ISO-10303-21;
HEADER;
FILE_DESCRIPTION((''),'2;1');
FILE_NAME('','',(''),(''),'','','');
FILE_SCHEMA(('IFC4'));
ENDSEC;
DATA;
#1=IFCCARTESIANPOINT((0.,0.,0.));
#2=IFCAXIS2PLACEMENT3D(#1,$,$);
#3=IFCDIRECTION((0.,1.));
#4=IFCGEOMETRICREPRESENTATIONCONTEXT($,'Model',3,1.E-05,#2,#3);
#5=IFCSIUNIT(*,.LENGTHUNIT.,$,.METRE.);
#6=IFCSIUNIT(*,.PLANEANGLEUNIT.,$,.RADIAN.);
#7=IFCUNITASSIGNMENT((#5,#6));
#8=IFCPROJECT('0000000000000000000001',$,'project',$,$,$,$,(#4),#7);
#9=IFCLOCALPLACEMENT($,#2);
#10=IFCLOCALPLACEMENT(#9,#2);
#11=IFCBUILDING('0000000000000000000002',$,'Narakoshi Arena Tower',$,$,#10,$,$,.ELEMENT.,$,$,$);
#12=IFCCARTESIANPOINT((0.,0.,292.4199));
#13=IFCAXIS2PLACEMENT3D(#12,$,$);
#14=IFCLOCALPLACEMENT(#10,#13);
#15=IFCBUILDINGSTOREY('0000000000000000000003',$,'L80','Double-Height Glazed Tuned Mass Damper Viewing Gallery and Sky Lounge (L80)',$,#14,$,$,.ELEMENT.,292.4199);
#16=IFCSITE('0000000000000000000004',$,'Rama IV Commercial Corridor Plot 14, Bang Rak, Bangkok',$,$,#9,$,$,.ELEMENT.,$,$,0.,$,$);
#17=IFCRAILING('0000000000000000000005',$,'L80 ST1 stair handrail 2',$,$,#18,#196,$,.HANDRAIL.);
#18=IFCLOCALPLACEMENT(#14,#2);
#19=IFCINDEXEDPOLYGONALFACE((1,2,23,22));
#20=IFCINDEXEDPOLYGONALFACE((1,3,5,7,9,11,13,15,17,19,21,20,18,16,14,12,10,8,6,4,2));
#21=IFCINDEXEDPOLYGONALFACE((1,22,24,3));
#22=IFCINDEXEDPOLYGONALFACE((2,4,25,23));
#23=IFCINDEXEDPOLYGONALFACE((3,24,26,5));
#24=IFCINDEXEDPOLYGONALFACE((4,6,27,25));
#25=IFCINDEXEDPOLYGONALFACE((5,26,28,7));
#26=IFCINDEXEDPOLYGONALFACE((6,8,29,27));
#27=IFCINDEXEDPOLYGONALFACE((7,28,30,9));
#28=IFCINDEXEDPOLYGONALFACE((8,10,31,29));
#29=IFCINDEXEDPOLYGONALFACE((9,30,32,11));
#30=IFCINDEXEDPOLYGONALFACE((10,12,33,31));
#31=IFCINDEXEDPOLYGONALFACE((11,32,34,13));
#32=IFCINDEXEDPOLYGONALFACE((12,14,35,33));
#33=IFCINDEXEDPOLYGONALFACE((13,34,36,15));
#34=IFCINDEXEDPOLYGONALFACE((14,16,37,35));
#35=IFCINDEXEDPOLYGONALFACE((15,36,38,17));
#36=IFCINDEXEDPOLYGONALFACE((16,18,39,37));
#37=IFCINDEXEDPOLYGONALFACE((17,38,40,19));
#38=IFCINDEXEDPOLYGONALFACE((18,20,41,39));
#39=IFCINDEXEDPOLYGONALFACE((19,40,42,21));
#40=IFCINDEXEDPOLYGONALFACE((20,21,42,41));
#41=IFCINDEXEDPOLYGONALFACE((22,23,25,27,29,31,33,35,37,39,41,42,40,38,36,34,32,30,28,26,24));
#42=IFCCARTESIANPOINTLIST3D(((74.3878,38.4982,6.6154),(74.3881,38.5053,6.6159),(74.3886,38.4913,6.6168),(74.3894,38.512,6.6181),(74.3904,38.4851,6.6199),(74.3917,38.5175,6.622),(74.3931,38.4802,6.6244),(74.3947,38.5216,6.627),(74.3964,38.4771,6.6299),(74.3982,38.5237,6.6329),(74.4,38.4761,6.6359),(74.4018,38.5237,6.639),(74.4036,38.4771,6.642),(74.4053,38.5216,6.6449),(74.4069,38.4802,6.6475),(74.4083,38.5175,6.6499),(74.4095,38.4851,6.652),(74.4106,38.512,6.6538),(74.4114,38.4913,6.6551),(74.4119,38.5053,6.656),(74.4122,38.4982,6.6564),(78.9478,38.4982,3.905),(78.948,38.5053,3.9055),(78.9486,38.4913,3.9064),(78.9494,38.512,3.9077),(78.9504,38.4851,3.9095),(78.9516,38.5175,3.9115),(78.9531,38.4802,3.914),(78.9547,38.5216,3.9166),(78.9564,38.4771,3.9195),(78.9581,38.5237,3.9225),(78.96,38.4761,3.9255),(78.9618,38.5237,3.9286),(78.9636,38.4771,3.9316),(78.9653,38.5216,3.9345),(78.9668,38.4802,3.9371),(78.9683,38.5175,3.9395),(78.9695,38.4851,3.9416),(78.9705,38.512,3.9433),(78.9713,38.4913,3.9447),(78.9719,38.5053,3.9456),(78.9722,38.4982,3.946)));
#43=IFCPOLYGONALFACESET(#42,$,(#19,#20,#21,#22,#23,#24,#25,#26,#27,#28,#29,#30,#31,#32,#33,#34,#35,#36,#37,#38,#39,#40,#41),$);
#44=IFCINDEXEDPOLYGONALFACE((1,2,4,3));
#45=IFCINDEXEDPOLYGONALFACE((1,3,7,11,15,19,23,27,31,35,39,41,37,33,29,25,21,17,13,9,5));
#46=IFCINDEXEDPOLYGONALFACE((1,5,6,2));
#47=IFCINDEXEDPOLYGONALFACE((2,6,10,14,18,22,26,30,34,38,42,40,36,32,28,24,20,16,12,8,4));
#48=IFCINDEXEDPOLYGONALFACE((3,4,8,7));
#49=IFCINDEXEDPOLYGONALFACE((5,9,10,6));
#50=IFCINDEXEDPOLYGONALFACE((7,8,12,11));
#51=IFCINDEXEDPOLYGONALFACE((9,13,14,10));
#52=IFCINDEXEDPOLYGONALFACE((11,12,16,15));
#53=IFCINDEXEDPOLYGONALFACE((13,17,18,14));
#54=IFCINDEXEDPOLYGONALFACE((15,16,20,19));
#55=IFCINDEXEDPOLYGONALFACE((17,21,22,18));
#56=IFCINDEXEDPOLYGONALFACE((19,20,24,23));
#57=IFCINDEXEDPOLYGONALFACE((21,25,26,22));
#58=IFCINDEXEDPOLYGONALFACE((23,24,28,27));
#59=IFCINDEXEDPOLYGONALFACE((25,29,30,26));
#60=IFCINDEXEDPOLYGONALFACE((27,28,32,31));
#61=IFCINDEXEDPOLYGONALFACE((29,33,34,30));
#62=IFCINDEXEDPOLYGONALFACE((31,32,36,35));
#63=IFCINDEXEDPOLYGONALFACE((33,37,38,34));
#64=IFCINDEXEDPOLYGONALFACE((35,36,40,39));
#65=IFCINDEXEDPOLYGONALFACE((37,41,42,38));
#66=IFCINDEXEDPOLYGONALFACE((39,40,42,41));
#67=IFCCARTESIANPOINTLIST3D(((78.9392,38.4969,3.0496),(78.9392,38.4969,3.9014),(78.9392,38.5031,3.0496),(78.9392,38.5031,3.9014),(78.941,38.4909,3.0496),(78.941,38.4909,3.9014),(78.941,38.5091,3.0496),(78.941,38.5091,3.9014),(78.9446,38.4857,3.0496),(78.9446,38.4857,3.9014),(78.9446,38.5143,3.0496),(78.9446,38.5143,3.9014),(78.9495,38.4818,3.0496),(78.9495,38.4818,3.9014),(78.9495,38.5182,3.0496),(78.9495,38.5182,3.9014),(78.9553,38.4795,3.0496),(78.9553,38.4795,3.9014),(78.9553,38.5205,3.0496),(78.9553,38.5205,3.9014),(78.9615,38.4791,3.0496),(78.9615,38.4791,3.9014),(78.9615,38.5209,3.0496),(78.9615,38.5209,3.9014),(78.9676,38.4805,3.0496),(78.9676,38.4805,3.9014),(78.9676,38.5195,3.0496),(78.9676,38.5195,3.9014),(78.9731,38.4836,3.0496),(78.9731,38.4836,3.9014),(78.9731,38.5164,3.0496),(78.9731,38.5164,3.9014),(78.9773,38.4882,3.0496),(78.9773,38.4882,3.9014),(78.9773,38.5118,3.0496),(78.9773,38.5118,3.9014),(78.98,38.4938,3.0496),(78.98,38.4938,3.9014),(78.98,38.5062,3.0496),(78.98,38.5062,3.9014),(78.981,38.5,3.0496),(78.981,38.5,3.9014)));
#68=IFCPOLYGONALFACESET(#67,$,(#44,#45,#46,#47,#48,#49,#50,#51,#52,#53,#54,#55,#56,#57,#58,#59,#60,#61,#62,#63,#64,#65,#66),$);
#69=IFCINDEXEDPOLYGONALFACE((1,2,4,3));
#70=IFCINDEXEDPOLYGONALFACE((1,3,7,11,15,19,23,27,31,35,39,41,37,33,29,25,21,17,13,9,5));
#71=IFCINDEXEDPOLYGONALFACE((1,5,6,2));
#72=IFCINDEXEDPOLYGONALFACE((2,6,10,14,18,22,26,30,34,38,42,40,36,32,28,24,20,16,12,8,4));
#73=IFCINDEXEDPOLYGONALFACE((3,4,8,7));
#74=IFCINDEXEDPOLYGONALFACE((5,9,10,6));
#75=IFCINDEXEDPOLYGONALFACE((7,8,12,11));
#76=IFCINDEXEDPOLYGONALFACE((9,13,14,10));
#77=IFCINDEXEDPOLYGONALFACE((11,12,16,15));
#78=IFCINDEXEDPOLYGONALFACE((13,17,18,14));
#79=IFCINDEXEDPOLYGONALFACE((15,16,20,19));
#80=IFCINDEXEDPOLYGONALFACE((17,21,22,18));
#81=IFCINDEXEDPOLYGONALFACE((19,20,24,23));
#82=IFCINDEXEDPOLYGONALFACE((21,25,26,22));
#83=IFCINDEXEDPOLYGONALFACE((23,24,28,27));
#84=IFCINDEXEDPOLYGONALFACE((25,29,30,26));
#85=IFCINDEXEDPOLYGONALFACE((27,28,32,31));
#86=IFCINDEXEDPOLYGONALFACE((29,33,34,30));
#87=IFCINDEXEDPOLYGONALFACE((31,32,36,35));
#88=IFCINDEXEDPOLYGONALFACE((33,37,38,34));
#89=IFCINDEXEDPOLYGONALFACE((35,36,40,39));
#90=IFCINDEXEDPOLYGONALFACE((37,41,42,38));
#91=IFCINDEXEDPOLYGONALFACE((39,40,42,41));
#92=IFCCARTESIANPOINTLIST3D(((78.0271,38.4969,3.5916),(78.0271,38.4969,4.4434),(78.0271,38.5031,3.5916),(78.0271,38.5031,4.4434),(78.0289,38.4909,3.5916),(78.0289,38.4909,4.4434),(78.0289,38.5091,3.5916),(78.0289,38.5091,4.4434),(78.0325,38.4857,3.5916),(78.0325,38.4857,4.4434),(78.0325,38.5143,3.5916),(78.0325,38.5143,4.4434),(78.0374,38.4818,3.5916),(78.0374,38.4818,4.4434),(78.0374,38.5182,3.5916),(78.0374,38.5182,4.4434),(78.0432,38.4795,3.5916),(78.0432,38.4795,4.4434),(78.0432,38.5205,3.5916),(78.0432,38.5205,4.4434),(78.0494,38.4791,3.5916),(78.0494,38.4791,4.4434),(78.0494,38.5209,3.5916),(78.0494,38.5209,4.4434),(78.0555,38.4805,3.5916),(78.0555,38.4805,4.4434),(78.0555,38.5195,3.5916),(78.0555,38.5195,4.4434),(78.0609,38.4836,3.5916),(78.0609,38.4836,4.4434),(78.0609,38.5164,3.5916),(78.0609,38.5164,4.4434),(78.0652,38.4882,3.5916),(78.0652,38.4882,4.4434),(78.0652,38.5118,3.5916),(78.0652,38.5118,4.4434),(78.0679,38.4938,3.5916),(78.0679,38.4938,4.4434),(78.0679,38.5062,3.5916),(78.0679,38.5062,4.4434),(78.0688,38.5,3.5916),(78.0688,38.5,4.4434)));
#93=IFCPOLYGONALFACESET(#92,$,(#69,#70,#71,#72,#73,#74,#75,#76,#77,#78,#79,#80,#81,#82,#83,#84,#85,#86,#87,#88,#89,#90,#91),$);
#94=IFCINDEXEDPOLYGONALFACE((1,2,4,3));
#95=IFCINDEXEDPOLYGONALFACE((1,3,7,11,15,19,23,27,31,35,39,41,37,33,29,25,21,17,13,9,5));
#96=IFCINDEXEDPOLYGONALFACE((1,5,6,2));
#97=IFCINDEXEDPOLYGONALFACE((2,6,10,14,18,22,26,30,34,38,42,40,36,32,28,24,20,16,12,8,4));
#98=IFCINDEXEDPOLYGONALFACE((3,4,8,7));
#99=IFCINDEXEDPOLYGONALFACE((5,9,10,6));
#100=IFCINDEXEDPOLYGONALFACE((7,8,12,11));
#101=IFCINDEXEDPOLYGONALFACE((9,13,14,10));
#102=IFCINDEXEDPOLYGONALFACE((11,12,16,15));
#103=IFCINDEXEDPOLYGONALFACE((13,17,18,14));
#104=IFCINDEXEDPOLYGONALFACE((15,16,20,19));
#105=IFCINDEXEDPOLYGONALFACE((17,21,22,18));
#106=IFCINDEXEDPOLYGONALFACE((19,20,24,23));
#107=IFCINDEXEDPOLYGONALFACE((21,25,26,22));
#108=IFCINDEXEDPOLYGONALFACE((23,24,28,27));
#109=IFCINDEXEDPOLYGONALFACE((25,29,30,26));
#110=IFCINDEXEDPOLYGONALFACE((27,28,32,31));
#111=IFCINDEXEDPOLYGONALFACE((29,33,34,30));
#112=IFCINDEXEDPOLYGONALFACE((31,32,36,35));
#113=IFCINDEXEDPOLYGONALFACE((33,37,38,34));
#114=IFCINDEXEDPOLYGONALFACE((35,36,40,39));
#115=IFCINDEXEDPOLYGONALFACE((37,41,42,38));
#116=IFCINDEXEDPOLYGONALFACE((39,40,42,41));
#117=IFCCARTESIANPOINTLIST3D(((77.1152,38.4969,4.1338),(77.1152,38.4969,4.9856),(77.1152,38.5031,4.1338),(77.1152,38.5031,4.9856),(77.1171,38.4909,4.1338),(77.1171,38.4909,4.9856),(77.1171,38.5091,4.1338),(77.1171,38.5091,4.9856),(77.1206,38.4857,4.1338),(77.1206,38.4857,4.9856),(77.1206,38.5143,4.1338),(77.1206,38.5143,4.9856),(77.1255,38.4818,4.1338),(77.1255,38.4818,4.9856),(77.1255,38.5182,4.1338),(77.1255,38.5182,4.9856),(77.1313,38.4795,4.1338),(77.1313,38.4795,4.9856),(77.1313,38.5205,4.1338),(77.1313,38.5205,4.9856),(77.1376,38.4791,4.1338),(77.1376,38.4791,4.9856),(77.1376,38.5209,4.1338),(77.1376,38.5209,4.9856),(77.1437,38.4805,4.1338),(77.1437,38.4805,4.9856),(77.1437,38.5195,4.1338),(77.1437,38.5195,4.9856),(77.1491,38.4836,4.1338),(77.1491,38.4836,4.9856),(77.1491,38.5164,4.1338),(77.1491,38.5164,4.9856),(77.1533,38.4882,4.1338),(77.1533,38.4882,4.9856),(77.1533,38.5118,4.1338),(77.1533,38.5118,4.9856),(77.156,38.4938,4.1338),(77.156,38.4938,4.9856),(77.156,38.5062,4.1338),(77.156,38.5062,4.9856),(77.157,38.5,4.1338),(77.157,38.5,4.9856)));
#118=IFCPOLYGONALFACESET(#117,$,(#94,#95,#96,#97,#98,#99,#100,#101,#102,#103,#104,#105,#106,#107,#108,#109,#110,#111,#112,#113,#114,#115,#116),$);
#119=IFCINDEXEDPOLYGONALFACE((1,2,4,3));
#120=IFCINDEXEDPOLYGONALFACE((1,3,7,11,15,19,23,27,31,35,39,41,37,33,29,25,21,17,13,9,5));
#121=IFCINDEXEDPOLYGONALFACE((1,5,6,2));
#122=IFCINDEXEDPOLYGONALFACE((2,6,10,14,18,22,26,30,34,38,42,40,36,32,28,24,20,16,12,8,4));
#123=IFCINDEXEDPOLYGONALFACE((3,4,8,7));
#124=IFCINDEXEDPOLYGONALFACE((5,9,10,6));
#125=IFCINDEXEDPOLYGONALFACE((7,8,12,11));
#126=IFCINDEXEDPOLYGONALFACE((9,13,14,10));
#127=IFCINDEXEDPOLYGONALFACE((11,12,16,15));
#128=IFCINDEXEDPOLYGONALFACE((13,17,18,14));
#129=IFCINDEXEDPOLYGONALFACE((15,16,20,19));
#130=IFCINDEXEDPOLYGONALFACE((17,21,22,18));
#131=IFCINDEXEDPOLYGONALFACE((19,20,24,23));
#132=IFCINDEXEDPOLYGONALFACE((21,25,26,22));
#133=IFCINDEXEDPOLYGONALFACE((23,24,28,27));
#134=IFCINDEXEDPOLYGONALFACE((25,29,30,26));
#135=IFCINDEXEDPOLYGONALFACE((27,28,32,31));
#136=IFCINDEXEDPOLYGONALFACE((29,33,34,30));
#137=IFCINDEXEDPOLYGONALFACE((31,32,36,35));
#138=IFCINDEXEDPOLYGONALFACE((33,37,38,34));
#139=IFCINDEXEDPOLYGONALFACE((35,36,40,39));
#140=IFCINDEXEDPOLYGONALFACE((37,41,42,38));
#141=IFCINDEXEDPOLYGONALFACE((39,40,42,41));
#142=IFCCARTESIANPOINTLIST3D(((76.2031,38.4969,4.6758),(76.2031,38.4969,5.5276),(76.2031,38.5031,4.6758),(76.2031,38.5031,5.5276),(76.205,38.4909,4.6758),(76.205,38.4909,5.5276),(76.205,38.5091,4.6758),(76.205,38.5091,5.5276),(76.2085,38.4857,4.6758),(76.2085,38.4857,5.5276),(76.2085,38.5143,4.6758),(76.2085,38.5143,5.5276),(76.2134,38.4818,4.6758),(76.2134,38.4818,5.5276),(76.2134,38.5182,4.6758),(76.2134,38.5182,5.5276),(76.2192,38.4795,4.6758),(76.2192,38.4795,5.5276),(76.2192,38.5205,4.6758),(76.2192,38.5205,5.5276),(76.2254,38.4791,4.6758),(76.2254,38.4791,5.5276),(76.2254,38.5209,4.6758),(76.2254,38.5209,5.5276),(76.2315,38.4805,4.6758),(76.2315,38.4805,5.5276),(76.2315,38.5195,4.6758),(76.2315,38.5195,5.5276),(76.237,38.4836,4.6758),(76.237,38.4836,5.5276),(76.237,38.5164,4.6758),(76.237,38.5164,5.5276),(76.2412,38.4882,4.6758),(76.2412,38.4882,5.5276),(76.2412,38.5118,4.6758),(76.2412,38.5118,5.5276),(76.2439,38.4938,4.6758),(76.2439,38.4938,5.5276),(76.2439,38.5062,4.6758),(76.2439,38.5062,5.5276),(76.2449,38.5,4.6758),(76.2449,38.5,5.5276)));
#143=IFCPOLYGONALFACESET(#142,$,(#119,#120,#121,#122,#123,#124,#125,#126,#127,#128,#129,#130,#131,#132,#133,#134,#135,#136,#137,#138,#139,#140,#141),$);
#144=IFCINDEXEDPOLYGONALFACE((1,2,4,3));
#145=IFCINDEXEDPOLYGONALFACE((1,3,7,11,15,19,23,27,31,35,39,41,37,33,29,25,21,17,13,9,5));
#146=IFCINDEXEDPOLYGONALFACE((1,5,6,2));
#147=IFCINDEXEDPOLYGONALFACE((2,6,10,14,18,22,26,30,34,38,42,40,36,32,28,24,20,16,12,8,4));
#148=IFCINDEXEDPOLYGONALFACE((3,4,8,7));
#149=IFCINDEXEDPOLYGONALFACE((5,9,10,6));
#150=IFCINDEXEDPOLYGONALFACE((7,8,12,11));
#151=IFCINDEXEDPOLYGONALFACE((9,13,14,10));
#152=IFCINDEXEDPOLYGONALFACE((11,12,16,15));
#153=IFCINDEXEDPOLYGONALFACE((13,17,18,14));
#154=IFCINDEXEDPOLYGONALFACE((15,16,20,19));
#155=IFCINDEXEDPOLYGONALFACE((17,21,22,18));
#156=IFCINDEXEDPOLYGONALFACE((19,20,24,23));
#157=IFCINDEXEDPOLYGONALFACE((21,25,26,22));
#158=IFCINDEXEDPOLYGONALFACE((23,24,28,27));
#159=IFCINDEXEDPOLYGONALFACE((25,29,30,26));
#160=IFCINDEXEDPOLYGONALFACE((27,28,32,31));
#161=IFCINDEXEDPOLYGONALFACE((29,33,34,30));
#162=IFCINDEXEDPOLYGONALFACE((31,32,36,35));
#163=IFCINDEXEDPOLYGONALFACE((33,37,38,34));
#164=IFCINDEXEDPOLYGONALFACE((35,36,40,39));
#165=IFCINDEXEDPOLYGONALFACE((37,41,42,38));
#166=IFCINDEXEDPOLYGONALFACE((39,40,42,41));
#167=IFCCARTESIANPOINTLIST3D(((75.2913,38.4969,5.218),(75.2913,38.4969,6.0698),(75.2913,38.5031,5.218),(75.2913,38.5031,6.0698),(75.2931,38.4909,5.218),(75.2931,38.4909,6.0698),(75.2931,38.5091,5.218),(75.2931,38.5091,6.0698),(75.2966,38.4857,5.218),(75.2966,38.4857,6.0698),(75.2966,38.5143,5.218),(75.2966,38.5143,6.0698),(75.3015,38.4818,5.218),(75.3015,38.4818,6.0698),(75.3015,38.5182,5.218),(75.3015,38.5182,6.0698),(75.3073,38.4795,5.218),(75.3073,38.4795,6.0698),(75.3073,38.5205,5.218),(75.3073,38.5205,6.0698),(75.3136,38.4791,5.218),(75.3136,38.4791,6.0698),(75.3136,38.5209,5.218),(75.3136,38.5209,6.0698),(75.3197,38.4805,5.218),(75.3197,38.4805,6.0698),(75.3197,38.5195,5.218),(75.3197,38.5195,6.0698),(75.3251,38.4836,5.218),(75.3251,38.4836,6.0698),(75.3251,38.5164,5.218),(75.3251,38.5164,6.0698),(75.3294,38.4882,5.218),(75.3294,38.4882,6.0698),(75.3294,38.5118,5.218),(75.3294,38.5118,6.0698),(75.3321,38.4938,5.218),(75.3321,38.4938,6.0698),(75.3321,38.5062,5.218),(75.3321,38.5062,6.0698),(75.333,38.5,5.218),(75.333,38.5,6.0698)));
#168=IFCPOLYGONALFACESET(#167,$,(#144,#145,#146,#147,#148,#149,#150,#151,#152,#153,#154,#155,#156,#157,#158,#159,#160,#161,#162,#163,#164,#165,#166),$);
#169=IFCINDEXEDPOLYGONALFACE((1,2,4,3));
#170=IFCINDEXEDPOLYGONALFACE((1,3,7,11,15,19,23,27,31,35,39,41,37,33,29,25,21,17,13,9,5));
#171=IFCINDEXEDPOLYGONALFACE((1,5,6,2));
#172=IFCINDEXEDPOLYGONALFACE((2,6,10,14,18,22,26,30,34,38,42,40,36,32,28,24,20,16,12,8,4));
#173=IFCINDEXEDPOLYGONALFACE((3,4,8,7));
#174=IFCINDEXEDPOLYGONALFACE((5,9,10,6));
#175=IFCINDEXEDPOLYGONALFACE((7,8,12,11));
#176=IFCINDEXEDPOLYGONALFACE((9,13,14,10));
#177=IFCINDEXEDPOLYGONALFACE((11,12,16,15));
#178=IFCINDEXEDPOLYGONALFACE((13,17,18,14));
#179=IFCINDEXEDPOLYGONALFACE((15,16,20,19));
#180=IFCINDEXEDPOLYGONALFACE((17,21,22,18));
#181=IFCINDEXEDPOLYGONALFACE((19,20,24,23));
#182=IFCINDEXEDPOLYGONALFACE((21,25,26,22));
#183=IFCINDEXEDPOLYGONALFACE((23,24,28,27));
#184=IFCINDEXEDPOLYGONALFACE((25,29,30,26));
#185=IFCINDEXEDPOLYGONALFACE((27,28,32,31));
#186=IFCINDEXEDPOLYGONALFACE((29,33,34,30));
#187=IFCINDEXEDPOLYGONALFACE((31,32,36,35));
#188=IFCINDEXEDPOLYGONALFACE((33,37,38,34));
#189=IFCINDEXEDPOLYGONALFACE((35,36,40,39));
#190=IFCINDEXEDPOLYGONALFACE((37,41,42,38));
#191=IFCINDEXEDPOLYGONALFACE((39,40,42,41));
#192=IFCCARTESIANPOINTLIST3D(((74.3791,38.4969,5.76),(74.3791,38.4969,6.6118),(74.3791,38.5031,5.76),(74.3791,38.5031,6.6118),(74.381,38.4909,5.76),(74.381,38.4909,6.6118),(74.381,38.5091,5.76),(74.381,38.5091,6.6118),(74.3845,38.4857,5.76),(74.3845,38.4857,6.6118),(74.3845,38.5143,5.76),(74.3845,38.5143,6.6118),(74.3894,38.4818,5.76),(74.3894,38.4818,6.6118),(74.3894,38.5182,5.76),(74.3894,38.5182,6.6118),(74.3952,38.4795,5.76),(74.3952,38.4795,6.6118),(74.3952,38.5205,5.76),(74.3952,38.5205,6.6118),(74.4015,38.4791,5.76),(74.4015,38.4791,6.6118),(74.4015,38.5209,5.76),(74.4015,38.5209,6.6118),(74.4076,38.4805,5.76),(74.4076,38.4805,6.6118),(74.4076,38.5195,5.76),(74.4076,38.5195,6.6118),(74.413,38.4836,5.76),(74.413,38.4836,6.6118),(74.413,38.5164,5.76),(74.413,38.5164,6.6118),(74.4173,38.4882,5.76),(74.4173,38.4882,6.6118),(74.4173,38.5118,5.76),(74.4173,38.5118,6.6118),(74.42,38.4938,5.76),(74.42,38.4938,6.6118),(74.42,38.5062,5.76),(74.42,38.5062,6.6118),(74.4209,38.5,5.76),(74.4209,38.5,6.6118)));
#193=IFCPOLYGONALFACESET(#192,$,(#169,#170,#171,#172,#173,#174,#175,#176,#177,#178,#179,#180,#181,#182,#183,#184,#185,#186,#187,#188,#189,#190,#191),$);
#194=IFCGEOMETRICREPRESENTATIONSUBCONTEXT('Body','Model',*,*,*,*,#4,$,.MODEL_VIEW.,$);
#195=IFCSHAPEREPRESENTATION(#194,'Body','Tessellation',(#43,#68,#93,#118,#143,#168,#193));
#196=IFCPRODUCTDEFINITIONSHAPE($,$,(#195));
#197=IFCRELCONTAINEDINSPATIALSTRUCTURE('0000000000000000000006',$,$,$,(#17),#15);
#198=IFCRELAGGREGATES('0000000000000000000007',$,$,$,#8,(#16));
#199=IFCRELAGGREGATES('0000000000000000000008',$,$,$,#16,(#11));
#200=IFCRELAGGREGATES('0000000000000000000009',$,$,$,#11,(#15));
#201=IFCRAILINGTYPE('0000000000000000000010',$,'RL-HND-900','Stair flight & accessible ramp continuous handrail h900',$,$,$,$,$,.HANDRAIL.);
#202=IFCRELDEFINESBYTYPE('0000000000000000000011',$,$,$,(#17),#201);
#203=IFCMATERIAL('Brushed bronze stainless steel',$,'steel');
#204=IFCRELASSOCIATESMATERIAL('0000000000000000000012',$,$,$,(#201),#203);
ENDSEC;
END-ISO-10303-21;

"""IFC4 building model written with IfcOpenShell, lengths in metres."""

from ifc_helpers import new_model, si_unit, direction, frame, origin, origin_2d, place, context, subcontext, project, spatial, circle, extrude, material, type_object, element, save


model = new_model("IFC4")

# Units and contexts
model_context = context("Model", 3, precision=1e-05, world=origin(), true_north=direction((0.0, 1.0)))
body_context = subcontext(model_context, "Body", "Model", "MODEL_VIEW")
ifc_project = project(units=[si_unit("LENGTHUNIT", "METRE"), si_unit("PLANEANGLEUNIT", "RADIAN")], contexts=[model_context])

# Site, building, storey
site_placement = place(None, origin())
site = spatial("IfcSite", under=ifc_project, at=site_placement, Name="Rama IV Commercial Corridor Plot 14, Bang Rak, Bangkok", CompositionType="ELEMENT", RefElevation=0.0)
building_placement = place(site_placement, origin())
building = spatial("IfcBuilding", under=site, at=building_placement, Name="Narakoshi Arena Tower", CompositionType="ELEMENT")
storey_placement = place(building_placement, frame((0.0, 0.0, 292.4199)))
storey = spatial("IfcBuildingStorey", under=building, at=storey_placement, Name="L80", Description="Double-Height Glazed Tuned Mass Damper Viewing Gallery and Sky Lounge (L80)", CompositionType="ELEMENT", Elevation=292.4199)

# Shared definitions
ifc_material_1 = material(Name="Brushed bronze stainless steel", Category="steel")

# Railing
railing_type_1 = type_object("IfcRailingType", Name="RL-HND-900", Description="Stair flight & accessible ramp continuous handrail h900", PredefinedType="HANDRAIL", material=ifc_material_1)
railing_1_placement = place(storey_placement, frame((78.96, 38.5, 3.0496)))
element("IfcRailing", 1, at=railing_1_placement, inside=storey, type_object=railing_type_1, Name="L80 ST1 stair handrail 2", PredefinedType="HANDRAIL", context=body_context, shape_type="SweptSolid", body=[
    extrude(circle(Radius=0.0239, at=origin_2d()), frame((0.0, 0.0, 0.876), z_axis=(-0.859613, 0.0, 0.510945), x_axis=(0.0, -1.0, 0.0)), (0.0, 0.0, 1.0), 5.3047),
    extrude(circle(Radius=0.021, at=origin_2d()), origin(), (0.0, 0.0, 1.0), 0.8518),
    extrude(circle(Radius=0.021, at=origin_2d()), frame((-0.9121, 0.0, 0.542)), (0.0, 0.0, 1.0), 0.8518),
    extrude(circle(Radius=0.021, at=origin_2d()), frame((-1.824, 0.0, 1.0842)), (0.0, 0.0, 1.0), 0.8518),
    extrude(circle(Radius=0.021, at=origin_2d()), frame((-2.7361, 0.0, 1.6262)), (0.0, 0.0, 1.0), 0.8518),
    extrude(circle(Radius=0.021, at=origin_2d()), frame((-3.6479, 0.0, 2.1685)), (0.0, 0.0, 1.0), 0.8518),
    extrude(circle(Radius=0.021, at=origin_2d()), frame((-4.5601, 0.0, 2.7104)), (0.0, 0.0, 1.0), 0.8518),
])

save(model, "model.ifc")
